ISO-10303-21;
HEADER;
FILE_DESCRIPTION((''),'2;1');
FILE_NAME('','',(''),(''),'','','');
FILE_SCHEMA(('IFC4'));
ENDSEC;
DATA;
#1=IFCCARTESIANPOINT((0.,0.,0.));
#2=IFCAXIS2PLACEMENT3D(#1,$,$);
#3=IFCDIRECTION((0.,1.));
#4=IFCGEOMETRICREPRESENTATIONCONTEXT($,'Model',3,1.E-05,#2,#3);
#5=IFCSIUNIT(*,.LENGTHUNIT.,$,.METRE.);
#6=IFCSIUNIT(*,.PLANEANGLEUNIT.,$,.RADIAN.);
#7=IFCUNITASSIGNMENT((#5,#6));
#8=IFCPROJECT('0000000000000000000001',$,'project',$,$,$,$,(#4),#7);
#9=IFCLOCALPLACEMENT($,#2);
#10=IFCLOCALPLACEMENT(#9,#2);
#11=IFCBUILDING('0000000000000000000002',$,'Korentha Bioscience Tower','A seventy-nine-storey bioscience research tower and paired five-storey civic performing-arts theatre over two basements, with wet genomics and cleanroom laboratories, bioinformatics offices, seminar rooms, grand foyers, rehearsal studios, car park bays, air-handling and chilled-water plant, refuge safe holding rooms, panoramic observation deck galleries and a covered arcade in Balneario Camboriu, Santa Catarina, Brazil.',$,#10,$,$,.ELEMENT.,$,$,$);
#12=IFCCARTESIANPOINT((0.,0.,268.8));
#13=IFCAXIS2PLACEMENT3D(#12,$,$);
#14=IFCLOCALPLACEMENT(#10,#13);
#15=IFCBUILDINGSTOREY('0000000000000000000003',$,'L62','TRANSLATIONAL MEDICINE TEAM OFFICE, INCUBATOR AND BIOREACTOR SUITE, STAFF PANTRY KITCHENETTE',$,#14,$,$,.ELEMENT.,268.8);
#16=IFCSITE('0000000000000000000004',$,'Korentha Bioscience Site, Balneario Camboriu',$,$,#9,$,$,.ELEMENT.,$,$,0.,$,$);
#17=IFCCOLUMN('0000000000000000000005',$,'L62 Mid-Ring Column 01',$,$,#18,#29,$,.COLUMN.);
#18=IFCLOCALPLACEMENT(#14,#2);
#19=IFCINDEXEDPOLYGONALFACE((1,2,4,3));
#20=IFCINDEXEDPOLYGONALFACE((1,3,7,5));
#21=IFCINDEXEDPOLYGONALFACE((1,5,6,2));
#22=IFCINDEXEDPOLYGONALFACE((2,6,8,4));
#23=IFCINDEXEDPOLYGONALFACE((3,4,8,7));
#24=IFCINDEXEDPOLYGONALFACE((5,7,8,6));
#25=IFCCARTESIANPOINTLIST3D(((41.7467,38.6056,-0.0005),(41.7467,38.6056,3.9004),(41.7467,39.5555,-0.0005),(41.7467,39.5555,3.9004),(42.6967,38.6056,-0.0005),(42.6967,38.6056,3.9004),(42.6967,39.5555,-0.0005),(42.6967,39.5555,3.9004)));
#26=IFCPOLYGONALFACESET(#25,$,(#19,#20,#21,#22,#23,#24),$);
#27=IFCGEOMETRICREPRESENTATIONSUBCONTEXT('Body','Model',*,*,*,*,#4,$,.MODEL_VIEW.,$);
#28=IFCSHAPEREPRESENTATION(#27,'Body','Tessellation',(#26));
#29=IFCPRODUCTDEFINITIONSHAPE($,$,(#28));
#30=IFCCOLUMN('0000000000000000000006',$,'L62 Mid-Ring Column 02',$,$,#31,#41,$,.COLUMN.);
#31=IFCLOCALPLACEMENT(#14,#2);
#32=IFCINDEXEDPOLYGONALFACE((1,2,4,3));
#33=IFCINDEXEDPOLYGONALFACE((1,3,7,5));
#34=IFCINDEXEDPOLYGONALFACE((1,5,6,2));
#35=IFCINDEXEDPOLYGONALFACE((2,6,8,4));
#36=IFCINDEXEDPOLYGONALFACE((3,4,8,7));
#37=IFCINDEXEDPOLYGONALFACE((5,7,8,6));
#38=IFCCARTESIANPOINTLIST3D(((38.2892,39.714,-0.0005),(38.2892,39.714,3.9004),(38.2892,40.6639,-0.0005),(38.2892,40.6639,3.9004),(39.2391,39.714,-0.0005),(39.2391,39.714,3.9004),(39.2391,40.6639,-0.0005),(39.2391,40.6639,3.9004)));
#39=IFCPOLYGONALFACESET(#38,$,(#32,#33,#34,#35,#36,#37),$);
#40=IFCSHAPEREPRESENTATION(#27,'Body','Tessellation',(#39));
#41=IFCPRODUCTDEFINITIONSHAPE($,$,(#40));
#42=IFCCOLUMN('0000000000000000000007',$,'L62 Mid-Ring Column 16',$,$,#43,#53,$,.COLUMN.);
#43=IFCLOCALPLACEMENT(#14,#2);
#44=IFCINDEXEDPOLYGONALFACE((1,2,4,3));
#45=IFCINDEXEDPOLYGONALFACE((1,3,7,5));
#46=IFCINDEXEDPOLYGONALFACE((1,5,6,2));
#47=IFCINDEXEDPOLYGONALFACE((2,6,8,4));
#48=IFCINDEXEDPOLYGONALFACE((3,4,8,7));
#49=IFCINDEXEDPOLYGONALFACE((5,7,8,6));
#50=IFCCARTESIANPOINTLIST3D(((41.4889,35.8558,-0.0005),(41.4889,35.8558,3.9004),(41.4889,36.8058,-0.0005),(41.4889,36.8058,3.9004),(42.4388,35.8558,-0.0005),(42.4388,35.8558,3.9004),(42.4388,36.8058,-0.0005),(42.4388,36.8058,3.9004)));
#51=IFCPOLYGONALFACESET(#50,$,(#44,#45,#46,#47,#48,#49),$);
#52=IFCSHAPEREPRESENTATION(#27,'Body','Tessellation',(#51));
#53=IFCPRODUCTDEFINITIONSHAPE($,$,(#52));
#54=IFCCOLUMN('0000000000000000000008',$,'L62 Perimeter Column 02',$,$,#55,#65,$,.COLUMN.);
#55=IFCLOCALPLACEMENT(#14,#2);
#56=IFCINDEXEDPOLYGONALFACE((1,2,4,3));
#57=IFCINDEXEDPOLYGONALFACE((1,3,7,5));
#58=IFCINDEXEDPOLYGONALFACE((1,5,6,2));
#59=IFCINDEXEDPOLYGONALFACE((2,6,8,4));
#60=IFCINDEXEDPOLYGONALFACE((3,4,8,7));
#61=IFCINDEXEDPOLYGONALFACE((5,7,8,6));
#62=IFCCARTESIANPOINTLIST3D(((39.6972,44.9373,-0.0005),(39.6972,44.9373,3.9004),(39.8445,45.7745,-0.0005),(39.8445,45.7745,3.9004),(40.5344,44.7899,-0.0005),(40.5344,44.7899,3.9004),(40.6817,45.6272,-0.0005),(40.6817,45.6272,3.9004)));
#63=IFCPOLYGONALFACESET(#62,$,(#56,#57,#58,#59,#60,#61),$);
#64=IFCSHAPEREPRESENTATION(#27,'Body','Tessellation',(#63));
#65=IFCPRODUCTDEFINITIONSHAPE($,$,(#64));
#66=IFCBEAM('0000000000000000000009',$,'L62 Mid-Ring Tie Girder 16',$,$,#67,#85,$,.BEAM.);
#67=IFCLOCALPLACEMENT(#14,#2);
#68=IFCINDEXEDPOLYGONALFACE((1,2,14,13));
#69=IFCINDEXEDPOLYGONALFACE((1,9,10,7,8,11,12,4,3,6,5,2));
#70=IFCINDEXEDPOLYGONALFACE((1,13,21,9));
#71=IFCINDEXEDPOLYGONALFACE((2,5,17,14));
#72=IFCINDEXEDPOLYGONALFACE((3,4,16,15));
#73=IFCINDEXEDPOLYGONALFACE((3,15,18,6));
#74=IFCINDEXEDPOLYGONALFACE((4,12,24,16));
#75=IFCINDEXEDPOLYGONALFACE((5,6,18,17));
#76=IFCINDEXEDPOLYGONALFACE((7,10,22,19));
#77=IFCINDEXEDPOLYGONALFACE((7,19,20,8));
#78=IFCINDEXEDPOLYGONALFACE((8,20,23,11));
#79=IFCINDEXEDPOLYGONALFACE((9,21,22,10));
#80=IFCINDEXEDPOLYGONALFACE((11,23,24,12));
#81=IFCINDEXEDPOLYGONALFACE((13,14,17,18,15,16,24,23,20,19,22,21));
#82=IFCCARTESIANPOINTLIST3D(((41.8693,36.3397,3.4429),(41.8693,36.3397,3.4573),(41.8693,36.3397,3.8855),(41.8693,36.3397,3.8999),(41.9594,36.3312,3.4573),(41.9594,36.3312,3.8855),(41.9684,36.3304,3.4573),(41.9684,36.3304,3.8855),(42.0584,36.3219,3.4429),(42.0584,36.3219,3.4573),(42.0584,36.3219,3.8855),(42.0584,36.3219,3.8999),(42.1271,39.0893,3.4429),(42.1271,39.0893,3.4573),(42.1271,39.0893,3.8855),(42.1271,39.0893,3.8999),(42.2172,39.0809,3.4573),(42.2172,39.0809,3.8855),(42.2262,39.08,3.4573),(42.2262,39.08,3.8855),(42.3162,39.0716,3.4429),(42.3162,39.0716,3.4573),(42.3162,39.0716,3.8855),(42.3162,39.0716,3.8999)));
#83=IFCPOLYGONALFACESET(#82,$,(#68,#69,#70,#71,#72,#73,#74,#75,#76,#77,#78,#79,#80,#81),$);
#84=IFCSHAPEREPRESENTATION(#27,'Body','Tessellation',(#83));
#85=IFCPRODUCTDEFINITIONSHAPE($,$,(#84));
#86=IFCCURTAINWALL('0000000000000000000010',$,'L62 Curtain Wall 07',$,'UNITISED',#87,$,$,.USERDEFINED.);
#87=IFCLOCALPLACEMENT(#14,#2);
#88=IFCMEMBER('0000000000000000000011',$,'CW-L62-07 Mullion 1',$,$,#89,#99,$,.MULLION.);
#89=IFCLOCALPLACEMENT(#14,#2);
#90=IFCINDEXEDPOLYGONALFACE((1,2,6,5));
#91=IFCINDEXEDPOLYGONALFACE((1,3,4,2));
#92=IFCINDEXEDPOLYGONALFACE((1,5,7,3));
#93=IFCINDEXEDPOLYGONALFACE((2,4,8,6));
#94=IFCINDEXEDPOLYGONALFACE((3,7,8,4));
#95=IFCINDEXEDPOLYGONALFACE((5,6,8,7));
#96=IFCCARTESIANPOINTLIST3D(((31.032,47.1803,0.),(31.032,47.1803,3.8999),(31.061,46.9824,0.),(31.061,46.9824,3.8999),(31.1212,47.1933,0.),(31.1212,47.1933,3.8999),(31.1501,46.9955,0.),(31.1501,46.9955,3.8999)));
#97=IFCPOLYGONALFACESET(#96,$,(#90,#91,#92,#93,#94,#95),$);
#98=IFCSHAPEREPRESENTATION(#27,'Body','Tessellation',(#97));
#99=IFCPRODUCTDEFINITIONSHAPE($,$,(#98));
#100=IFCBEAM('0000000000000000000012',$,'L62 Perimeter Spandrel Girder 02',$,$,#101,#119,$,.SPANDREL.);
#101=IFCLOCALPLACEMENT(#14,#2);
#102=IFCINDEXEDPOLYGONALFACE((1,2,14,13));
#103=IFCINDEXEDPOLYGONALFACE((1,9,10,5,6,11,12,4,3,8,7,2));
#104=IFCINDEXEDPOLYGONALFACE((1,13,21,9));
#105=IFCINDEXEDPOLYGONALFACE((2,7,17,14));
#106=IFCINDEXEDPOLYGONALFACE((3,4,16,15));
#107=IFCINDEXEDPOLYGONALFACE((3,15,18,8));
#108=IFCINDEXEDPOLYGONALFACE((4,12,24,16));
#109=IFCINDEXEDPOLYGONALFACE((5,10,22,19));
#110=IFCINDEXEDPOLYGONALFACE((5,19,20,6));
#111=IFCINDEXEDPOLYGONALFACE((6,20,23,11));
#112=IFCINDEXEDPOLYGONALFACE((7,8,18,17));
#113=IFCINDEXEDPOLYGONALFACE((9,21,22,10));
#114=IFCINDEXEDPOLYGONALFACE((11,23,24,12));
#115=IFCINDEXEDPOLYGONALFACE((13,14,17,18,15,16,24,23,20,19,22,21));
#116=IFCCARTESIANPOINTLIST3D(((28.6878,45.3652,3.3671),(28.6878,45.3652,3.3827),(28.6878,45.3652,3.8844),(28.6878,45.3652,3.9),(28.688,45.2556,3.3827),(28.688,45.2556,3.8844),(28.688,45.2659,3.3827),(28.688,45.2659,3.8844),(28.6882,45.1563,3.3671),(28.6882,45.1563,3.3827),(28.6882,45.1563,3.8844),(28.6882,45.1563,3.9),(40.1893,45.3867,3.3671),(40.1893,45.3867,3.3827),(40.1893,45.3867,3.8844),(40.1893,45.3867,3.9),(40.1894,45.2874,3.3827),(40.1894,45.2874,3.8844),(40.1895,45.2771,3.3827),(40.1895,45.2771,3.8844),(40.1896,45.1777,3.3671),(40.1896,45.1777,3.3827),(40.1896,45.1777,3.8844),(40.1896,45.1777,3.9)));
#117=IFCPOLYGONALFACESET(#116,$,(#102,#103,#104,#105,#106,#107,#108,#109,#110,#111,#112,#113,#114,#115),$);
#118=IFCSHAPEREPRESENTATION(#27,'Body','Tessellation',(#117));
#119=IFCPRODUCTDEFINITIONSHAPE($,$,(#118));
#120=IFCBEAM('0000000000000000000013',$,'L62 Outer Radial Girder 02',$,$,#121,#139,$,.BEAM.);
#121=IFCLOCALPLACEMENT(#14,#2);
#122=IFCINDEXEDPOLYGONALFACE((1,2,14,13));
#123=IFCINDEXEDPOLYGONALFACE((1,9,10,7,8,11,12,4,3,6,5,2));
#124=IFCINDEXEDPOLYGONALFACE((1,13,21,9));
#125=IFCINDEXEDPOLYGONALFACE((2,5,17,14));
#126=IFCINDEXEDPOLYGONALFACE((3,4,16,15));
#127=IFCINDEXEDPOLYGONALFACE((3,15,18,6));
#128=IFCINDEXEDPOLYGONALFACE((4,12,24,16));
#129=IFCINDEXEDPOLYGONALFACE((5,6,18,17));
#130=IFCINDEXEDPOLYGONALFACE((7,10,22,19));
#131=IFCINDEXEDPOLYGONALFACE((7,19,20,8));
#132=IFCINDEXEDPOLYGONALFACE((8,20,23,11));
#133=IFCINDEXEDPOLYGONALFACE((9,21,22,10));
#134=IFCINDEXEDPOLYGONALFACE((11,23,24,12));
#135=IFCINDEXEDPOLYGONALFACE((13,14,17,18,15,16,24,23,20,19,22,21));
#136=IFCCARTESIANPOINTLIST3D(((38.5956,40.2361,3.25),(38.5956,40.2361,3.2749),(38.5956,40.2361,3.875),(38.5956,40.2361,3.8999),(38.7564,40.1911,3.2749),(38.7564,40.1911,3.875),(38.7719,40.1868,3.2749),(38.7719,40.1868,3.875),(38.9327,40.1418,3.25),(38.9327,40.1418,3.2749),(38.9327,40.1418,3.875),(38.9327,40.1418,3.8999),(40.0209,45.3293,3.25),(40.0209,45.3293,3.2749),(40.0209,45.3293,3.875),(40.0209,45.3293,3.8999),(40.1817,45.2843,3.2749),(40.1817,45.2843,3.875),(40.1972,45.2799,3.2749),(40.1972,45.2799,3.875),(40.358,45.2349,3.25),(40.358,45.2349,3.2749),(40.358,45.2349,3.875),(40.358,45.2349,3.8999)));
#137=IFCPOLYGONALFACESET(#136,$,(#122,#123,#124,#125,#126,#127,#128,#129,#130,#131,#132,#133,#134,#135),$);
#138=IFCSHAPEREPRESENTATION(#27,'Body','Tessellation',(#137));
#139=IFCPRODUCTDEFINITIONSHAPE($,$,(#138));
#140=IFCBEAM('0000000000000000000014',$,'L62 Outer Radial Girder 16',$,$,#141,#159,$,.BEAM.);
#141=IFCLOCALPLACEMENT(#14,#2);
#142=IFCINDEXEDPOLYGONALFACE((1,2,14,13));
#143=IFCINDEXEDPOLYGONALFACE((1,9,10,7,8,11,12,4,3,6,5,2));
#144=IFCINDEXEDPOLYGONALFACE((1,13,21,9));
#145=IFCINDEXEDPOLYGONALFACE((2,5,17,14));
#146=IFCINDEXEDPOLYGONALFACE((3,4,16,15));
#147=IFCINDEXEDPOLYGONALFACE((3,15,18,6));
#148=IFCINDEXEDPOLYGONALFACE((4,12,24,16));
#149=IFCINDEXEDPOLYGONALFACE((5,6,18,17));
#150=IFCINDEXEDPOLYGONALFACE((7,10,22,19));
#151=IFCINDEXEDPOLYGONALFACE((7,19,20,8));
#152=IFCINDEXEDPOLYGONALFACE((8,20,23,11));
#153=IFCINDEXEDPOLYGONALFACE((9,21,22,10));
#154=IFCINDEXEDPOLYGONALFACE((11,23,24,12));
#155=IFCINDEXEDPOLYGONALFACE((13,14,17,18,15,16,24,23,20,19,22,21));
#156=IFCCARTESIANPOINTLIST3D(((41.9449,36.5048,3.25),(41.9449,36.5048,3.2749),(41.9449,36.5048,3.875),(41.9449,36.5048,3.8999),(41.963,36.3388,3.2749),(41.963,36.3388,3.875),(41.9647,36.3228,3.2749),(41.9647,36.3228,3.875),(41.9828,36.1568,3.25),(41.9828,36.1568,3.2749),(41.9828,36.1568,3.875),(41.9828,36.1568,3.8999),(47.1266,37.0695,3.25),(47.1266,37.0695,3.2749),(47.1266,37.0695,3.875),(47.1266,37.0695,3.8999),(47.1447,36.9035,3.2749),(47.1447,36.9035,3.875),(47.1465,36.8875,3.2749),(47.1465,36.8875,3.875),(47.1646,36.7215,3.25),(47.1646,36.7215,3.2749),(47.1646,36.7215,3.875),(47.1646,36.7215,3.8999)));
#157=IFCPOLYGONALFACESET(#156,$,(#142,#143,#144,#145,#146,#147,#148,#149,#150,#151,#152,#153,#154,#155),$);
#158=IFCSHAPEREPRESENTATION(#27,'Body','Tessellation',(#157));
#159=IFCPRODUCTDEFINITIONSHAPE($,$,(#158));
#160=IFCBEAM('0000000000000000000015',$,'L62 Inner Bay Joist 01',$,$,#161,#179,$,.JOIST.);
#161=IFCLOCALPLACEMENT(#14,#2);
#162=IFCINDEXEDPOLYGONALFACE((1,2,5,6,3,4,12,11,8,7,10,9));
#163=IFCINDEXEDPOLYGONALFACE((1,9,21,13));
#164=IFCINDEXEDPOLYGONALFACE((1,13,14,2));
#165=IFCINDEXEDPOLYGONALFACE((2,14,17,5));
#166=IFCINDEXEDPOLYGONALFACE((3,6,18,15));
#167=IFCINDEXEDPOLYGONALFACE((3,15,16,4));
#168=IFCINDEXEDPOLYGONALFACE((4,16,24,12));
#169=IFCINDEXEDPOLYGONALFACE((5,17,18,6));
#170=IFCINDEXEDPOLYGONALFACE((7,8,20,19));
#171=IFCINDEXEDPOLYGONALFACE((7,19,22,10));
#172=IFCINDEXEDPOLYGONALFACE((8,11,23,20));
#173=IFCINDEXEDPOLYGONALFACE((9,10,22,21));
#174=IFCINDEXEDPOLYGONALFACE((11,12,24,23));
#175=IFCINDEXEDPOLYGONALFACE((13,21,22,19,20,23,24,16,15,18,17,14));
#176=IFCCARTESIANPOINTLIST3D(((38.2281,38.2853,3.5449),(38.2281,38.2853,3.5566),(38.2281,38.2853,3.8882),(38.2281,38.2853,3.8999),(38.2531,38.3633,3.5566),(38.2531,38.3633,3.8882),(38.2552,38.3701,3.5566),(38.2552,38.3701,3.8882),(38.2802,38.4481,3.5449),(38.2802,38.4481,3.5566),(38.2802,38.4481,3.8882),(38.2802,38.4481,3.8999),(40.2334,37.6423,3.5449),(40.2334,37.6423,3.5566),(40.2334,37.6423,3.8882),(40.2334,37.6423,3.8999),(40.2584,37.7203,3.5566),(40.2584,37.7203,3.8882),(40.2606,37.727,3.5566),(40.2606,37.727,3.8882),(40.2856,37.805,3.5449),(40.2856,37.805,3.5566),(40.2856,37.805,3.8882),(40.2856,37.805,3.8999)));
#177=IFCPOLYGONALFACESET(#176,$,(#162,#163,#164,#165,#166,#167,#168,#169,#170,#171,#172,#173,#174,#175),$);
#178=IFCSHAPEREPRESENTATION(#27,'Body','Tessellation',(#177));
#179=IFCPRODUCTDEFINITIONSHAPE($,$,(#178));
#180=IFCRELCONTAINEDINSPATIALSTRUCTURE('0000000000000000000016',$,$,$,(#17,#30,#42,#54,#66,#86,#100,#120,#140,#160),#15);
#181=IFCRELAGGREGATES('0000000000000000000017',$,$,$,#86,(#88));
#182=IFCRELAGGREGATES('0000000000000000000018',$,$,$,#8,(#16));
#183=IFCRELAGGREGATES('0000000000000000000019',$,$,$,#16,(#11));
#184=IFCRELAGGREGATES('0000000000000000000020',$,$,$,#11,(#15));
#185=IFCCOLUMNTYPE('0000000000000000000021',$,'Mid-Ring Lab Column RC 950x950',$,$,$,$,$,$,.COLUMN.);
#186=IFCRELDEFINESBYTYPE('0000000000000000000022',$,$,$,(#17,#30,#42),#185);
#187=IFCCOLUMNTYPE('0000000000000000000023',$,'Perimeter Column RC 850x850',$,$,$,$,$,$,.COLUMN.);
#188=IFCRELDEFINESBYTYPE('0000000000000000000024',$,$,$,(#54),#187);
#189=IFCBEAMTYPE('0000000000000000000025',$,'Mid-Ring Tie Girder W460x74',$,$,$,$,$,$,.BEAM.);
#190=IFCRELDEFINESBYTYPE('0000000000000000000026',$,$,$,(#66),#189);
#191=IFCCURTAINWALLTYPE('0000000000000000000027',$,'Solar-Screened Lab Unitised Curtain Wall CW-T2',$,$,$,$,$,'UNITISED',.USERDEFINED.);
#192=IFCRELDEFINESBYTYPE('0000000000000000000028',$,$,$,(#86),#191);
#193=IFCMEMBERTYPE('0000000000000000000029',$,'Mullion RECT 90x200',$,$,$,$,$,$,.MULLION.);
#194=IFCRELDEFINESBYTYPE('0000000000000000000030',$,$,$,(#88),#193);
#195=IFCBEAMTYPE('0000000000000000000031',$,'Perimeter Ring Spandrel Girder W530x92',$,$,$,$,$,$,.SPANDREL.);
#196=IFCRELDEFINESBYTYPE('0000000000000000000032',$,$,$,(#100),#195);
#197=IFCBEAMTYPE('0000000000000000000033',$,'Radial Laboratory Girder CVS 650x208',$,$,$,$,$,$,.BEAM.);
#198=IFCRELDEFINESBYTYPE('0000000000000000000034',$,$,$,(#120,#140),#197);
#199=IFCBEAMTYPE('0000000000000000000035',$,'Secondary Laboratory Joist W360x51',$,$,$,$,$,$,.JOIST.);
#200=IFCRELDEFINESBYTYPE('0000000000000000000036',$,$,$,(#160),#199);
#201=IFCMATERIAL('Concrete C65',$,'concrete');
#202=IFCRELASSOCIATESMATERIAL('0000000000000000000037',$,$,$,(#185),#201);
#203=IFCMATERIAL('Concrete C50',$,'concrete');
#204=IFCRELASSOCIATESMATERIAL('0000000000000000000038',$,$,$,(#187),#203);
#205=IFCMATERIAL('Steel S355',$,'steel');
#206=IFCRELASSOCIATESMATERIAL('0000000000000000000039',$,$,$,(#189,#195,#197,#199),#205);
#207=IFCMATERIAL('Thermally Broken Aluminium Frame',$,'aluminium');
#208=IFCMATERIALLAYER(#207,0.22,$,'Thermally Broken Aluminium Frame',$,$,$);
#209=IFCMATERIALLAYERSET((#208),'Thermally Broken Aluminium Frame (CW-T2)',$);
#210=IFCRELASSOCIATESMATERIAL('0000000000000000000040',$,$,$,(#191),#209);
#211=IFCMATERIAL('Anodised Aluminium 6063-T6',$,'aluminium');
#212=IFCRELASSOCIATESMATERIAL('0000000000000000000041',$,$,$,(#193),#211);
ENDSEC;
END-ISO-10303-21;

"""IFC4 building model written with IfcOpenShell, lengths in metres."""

from ifc_helpers import new_model, si_unit, direction, frame, origin, origin_2d, place, context, subcontext, project, spatial, rectangle, i_section, extrude, material, layer, layer_set, material_profile, profile_set, type_object, element, aggregate, save


model = new_model("IFC4")

# Units and contexts
model_context = context("Model", 3, precision=1e-05, world=origin(), true_north=direction((0.0, 1.0)))
body_context = subcontext(model_context, "Body", "Model", "MODEL_VIEW")
ifc_project = project(units=[si_unit("LENGTHUNIT", "METRE"), si_unit("PLANEANGLEUNIT", "RADIAN")], contexts=[model_context])

# Site, building, storey
site_placement = place(None, origin())
site = spatial("IfcSite", under=ifc_project, at=site_placement, Name="Korentha Bioscience Site, Balneario Camboriu", CompositionType="ELEMENT", RefElevation=0.0)
building_placement = place(site_placement, origin())
building = spatial("IfcBuilding", under=site, at=building_placement, Name="Korentha Bioscience Tower", Description="A seventy-nine-storey bioscience research tower and paired five-storey civic performing-arts theatre over two basements, with wet genomics and cleanroom laboratories, bioinformatics offices, seminar rooms, grand foyers, rehearsal studios, car park bays, air-handling and chilled-water plant, refuge safe holding rooms, panoramic observation deck galleries and a covered arcade in Balneario Camboriu, Santa Catarina, Brazil.", CompositionType="ELEMENT")
storey_placement = place(building_placement, frame((0.0, 0.0, 268.8)))
storey = spatial("IfcBuildingStorey", under=building, at=storey_placement, Name="L62", Description="TRANSLATIONAL MEDICINE TEAM OFFICE, INCUBATOR AND BIOREACTOR SUITE, STAFF PANTRY KITCHENETTE", CompositionType="ELEMENT", Elevation=268.8)

# Columns
ifc_material_1 = material(Name="Concrete C65", Category="concrete")
ifc_material_profile_1 = material_profile(ifc_material_1, rectangle(XDim=0.95, YDim=0.95, at=origin_2d()), Name="Concrete C65")
ifc_profile_set_1 = profile_set([ifc_material_profile_1], Name="Concrete C65 (COL-MR09)")
column_type_1 = type_object("IfcColumnType", Name="Mid-Ring Lab Column RC 950x950", PredefinedType="COLUMN", material=ifc_profile_set_1)
for number, where, z_axis, x_axis, name in (
    (1, (42.2217, 39.0806, -0.0005), (0.0, 0.0, 1.0), (1.0, 0.0, 0.0), "L62 Mid-Ring Column 01"),
    (2, (38.7642, 40.189, -0.0005), (0.0, 0.0, 1.0), (1.0, 0.0, 0.0), "L62 Mid-Ring Column 02"),
    (3, (41.9639, 36.3308, -0.0005), (0.0, 0.0, 1.0), (1.0, 0.0, 0.0), "L62 Mid-Ring Column 16"),
):
    element("IfcColumn", number, at=place(storey_placement, frame(where, z_axis=z_axis, x_axis=x_axis)), inside=storey, type_object=column_type_1, Name=name, PredefinedType="COLUMN", context=body_context, shape_type="SweptSolid", body=[
        extrude(rectangle(XDim=0.95, YDim=0.95, at=origin_2d()), origin(), (0.0, 0.0, 1.0), 3.9009),
    ])
ifc_material_2 = material(Name="Concrete C50", Category="concrete")
ifc_material_profile_2 = material_profile(ifc_material_2, rectangle(XDim=0.8501, YDim=0.8501, at=origin_2d()), Name="Concrete C50")
ifc_profile_set_2 = profile_set([ifc_material_profile_2], Name="Concrete C50 (COL-P08)")
column_type_2 = type_object("IfcColumnType", Name="Perimeter Column RC 850x850", PredefinedType="COLUMN", material=ifc_profile_set_2)
column_placement = place(storey_placement, frame((40.1895, 45.2822, -0.0005), z_axis=(0.0, 0.0, 1.0), x_axis=(-0.984868, 0.173304, 0.0)))
element("IfcColumn", 4, at=column_placement, inside=storey, type_object=column_type_2, Name="L62 Perimeter Column 02", PredefinedType="COLUMN", context=body_context, shape_type="SweptSolid", body=[
    extrude(rectangle(XDim=0.8501, YDim=0.8501, at=origin_2d()), origin(), (0.0, 0.0, 1.0), 3.9009),
])

# Beam
ifc_material_3 = material(Name="Steel S355", Category="steel")
ifc_material_profile_3 = material_profile(ifc_material_3, i_section(OverallWidth=0.1899, OverallDepth=0.457, WebThickness=0.009, FlangeThickness=0.0144, at=origin_2d()), Name="Steel S355")
ifc_profile_set_3 = profile_set([ifc_material_profile_3], Name="Steel S355 (MB-460)")
beam_type_1 = type_object("IfcBeamType", Name="Mid-Ring Tie Girder W460x74", PredefinedType="BEAM", material=ifc_profile_set_3)
beam_1_placement = place(storey_placement, frame((41.9639, 36.3308, 3.6714), z_axis=(0.093349, 0.995633, 0.0), x_axis=(-0.995633, 0.093349, 0.0)))
element("IfcBeam", 5, at=beam_1_placement, inside=storey, type_object=beam_type_1, Name="L62 Mid-Ring Tie Girder 16", PredefinedType="BEAM", context=body_context, shape_type="SweptSolid", body=[
    extrude(i_section(OverallWidth=0.1899, OverallDepth=0.457, WebThickness=0.009, FlangeThickness=0.0144, at=origin_2d()), origin(), (0.0, 0.0, 1.0), 2.7617),
])

# Curtain wall, member
ifc_material_4 = material(Name="Thermally Broken Aluminium Frame", Category="aluminium")
ifc_layer_1 = layer(ifc_material_4, 0.22, Name="Thermally Broken Aluminium Frame")
ifc_layer_set_1 = layer_set([ifc_layer_1], Name="Thermally Broken Aluminium Frame (CW-T2)")
curtain_wall_type = type_object("IfcCurtainWallType", Name="Solar-Screened Lab Unitised Curtain Wall CW-T2", ElementType="UNITISED", PredefinedType="USERDEFINED", material=ifc_layer_set_1)
curtain_wall_placement = place(storey_placement, origin())
curtain_wall = element("IfcCurtainWall", 6, at=curtain_wall_placement, inside=storey, type_object=curtain_wall_type, Name="L62 Curtain Wall 07", ObjectType="UNITISED", PredefinedType="USERDEFINED")
ifc_material_5 = material(Name="Anodised Aluminium 6063-T6", Category="aluminium")
ifc_material_profile_4 = material_profile(ifc_material_5, rectangle(XDim=0.0901, YDim=0.2, at=origin_2d()), Name="Anodised Aluminium 6063-T6")
ifc_profile_set_4 = profile_set([ifc_material_profile_4], Name="Anodised Aluminium 6063-T6 (CW-MUL)")
member_type_1 = type_object("IfcMemberType", Name="Mullion RECT 90x200", PredefinedType="MULLION", material=ifc_profile_set_4)
member_1_placement = place(storey_placement, frame((31.0911, 47.0879, 0.0), z_axis=(0.0, 0.0, 1.0), x_axis=(-0.98946, -0.144809, 0.0)))
member_1 = element("IfcMember", 7, at=member_1_placement, type_object=member_type_1, Name="CW-L62-07 Mullion 1", PredefinedType="MULLION", context=body_context, shape_type="SweptSolid", body=[
    extrude(rectangle(XDim=0.0901, YDim=0.2, at=origin_2d()), origin(), (0.0, 0.0, 1.0), 3.8999),
])

# Beams
ifc_material_profile_5 = material_profile(ifc_material_3, i_section(OverallWidth=0.209, OverallDepth=0.533, WebThickness=0.0103, FlangeThickness=0.0156, at=origin_2d()), Name="Steel S355")
ifc_profile_set_5 = profile_set([ifc_material_profile_5], Name="Steel S355 (SB-530)")
beam_type_2 = type_object("IfcBeamType", Name="Perimeter Ring Spandrel Girder W530x92", PredefinedType="SPANDREL", material=ifc_profile_set_5)
beam_2_placement = place(storey_placement, frame((40.1895, 45.2822, 3.6335), z_axis=(-0.999998, -0.001868, 0.0), x_axis=(0.001868, -0.999998, 0.0)))
element("IfcBeam", 8, at=beam_2_placement, inside=storey, type_object=beam_type_2, Name="L62 Perimeter Spandrel Girder 02", PredefinedType="SPANDREL", context=body_context, shape_type="SweptSolid", body=[
    extrude(i_section(OverallWidth=0.209, OverallDepth=0.533, WebThickness=0.0103, FlangeThickness=0.0156, at=origin_2d()), origin(), (0.0, 0.0, 1.0), 11.5015),
])
ifc_material_profile_6 = material_profile(ifc_material_3, i_section(OverallWidth=0.3501, OverallDepth=0.6499, WebThickness=0.0161, FlangeThickness=0.0249, at=origin_2d()), Name="Steel S355")
ifc_profile_set_6 = profile_set([ifc_material_profile_6], Name="Steel S355 (RB-650)")
beam_type_3 = type_object("IfcBeamType", Name="Radial Laboratory Girder CVS 650x208", PredefinedType="BEAM", material=ifc_profile_set_6)
beam_3_placement = place(storey_placement, frame((38.7642, 40.189, 3.575), z_axis=(0.269486, 0.963004, 0.0), x_axis=(-0.963004, 0.269486, 0.0)))
element("IfcBeam", 9, at=beam_3_placement, inside=storey, type_object=beam_type_3, Name="L62 Outer Radial Girder 02", PredefinedType="BEAM", context=body_context, shape_type="SweptSolid", body=[
    extrude(i_section(OverallWidth=0.3501, OverallDepth=0.6499, WebThickness=0.0161, FlangeThickness=0.0249, at=origin_2d()), origin(), (0.0, 0.0, 1.0), 5.2888),
])
beam_4_placement = place(storey_placement, frame((41.9639, 36.3308, 3.575), z_axis=(0.994114, 0.108339, 0.0), x_axis=(-0.108339, 0.994114, 0.0)))
element("IfcBeam", 10, at=beam_4_placement, inside=storey, type_object=beam_type_3, Name="L62 Outer Radial Girder 16", PredefinedType="BEAM", context=body_context, shape_type="SweptSolid", body=[
    extrude(i_section(OverallWidth=0.3501, OverallDepth=0.6499, WebThickness=0.0161, FlangeThickness=0.0249, at=origin_2d()), origin(), (0.0, 0.0, 1.0), 5.2124),
])
ifc_material_profile_7 = material_profile(ifc_material_3, i_section(OverallWidth=0.1709, OverallDepth=0.355, WebThickness=0.0071, FlangeThickness=0.0117, at=origin_2d()), Name="Steel S355")
ifc_profile_set_7 = profile_set([ifc_material_profile_7], Name="Steel S355 (JB-360)")
beam_type_4 = type_object("IfcBeamType", Name="Secondary Laboratory Joist W360x51", PredefinedType="JOIST", material=ifc_profile_set_7)
beam_5_placement = place(storey_placement, frame((40.2595, 37.7236, 3.7224), z_axis=(-0.952238, 0.305356, 0.0), x_axis=(-0.305356, -0.952238, 0.0)))
element("IfcBeam", 11, at=beam_5_placement, inside=storey, type_object=beam_type_4, Name="L62 Inner Bay Joist 01", PredefinedType="JOIST", context=body_context, shape_type="SweptSolid", body=[
    extrude(i_section(OverallWidth=0.1709, OverallDepth=0.355, WebThickness=0.0071, FlangeThickness=0.0117, at=origin_2d()), origin(), (0.0, 0.0, 1.0), 2.106),
])

aggregate(curtain_wall, [member_1])

save(model, "model.ifc")
